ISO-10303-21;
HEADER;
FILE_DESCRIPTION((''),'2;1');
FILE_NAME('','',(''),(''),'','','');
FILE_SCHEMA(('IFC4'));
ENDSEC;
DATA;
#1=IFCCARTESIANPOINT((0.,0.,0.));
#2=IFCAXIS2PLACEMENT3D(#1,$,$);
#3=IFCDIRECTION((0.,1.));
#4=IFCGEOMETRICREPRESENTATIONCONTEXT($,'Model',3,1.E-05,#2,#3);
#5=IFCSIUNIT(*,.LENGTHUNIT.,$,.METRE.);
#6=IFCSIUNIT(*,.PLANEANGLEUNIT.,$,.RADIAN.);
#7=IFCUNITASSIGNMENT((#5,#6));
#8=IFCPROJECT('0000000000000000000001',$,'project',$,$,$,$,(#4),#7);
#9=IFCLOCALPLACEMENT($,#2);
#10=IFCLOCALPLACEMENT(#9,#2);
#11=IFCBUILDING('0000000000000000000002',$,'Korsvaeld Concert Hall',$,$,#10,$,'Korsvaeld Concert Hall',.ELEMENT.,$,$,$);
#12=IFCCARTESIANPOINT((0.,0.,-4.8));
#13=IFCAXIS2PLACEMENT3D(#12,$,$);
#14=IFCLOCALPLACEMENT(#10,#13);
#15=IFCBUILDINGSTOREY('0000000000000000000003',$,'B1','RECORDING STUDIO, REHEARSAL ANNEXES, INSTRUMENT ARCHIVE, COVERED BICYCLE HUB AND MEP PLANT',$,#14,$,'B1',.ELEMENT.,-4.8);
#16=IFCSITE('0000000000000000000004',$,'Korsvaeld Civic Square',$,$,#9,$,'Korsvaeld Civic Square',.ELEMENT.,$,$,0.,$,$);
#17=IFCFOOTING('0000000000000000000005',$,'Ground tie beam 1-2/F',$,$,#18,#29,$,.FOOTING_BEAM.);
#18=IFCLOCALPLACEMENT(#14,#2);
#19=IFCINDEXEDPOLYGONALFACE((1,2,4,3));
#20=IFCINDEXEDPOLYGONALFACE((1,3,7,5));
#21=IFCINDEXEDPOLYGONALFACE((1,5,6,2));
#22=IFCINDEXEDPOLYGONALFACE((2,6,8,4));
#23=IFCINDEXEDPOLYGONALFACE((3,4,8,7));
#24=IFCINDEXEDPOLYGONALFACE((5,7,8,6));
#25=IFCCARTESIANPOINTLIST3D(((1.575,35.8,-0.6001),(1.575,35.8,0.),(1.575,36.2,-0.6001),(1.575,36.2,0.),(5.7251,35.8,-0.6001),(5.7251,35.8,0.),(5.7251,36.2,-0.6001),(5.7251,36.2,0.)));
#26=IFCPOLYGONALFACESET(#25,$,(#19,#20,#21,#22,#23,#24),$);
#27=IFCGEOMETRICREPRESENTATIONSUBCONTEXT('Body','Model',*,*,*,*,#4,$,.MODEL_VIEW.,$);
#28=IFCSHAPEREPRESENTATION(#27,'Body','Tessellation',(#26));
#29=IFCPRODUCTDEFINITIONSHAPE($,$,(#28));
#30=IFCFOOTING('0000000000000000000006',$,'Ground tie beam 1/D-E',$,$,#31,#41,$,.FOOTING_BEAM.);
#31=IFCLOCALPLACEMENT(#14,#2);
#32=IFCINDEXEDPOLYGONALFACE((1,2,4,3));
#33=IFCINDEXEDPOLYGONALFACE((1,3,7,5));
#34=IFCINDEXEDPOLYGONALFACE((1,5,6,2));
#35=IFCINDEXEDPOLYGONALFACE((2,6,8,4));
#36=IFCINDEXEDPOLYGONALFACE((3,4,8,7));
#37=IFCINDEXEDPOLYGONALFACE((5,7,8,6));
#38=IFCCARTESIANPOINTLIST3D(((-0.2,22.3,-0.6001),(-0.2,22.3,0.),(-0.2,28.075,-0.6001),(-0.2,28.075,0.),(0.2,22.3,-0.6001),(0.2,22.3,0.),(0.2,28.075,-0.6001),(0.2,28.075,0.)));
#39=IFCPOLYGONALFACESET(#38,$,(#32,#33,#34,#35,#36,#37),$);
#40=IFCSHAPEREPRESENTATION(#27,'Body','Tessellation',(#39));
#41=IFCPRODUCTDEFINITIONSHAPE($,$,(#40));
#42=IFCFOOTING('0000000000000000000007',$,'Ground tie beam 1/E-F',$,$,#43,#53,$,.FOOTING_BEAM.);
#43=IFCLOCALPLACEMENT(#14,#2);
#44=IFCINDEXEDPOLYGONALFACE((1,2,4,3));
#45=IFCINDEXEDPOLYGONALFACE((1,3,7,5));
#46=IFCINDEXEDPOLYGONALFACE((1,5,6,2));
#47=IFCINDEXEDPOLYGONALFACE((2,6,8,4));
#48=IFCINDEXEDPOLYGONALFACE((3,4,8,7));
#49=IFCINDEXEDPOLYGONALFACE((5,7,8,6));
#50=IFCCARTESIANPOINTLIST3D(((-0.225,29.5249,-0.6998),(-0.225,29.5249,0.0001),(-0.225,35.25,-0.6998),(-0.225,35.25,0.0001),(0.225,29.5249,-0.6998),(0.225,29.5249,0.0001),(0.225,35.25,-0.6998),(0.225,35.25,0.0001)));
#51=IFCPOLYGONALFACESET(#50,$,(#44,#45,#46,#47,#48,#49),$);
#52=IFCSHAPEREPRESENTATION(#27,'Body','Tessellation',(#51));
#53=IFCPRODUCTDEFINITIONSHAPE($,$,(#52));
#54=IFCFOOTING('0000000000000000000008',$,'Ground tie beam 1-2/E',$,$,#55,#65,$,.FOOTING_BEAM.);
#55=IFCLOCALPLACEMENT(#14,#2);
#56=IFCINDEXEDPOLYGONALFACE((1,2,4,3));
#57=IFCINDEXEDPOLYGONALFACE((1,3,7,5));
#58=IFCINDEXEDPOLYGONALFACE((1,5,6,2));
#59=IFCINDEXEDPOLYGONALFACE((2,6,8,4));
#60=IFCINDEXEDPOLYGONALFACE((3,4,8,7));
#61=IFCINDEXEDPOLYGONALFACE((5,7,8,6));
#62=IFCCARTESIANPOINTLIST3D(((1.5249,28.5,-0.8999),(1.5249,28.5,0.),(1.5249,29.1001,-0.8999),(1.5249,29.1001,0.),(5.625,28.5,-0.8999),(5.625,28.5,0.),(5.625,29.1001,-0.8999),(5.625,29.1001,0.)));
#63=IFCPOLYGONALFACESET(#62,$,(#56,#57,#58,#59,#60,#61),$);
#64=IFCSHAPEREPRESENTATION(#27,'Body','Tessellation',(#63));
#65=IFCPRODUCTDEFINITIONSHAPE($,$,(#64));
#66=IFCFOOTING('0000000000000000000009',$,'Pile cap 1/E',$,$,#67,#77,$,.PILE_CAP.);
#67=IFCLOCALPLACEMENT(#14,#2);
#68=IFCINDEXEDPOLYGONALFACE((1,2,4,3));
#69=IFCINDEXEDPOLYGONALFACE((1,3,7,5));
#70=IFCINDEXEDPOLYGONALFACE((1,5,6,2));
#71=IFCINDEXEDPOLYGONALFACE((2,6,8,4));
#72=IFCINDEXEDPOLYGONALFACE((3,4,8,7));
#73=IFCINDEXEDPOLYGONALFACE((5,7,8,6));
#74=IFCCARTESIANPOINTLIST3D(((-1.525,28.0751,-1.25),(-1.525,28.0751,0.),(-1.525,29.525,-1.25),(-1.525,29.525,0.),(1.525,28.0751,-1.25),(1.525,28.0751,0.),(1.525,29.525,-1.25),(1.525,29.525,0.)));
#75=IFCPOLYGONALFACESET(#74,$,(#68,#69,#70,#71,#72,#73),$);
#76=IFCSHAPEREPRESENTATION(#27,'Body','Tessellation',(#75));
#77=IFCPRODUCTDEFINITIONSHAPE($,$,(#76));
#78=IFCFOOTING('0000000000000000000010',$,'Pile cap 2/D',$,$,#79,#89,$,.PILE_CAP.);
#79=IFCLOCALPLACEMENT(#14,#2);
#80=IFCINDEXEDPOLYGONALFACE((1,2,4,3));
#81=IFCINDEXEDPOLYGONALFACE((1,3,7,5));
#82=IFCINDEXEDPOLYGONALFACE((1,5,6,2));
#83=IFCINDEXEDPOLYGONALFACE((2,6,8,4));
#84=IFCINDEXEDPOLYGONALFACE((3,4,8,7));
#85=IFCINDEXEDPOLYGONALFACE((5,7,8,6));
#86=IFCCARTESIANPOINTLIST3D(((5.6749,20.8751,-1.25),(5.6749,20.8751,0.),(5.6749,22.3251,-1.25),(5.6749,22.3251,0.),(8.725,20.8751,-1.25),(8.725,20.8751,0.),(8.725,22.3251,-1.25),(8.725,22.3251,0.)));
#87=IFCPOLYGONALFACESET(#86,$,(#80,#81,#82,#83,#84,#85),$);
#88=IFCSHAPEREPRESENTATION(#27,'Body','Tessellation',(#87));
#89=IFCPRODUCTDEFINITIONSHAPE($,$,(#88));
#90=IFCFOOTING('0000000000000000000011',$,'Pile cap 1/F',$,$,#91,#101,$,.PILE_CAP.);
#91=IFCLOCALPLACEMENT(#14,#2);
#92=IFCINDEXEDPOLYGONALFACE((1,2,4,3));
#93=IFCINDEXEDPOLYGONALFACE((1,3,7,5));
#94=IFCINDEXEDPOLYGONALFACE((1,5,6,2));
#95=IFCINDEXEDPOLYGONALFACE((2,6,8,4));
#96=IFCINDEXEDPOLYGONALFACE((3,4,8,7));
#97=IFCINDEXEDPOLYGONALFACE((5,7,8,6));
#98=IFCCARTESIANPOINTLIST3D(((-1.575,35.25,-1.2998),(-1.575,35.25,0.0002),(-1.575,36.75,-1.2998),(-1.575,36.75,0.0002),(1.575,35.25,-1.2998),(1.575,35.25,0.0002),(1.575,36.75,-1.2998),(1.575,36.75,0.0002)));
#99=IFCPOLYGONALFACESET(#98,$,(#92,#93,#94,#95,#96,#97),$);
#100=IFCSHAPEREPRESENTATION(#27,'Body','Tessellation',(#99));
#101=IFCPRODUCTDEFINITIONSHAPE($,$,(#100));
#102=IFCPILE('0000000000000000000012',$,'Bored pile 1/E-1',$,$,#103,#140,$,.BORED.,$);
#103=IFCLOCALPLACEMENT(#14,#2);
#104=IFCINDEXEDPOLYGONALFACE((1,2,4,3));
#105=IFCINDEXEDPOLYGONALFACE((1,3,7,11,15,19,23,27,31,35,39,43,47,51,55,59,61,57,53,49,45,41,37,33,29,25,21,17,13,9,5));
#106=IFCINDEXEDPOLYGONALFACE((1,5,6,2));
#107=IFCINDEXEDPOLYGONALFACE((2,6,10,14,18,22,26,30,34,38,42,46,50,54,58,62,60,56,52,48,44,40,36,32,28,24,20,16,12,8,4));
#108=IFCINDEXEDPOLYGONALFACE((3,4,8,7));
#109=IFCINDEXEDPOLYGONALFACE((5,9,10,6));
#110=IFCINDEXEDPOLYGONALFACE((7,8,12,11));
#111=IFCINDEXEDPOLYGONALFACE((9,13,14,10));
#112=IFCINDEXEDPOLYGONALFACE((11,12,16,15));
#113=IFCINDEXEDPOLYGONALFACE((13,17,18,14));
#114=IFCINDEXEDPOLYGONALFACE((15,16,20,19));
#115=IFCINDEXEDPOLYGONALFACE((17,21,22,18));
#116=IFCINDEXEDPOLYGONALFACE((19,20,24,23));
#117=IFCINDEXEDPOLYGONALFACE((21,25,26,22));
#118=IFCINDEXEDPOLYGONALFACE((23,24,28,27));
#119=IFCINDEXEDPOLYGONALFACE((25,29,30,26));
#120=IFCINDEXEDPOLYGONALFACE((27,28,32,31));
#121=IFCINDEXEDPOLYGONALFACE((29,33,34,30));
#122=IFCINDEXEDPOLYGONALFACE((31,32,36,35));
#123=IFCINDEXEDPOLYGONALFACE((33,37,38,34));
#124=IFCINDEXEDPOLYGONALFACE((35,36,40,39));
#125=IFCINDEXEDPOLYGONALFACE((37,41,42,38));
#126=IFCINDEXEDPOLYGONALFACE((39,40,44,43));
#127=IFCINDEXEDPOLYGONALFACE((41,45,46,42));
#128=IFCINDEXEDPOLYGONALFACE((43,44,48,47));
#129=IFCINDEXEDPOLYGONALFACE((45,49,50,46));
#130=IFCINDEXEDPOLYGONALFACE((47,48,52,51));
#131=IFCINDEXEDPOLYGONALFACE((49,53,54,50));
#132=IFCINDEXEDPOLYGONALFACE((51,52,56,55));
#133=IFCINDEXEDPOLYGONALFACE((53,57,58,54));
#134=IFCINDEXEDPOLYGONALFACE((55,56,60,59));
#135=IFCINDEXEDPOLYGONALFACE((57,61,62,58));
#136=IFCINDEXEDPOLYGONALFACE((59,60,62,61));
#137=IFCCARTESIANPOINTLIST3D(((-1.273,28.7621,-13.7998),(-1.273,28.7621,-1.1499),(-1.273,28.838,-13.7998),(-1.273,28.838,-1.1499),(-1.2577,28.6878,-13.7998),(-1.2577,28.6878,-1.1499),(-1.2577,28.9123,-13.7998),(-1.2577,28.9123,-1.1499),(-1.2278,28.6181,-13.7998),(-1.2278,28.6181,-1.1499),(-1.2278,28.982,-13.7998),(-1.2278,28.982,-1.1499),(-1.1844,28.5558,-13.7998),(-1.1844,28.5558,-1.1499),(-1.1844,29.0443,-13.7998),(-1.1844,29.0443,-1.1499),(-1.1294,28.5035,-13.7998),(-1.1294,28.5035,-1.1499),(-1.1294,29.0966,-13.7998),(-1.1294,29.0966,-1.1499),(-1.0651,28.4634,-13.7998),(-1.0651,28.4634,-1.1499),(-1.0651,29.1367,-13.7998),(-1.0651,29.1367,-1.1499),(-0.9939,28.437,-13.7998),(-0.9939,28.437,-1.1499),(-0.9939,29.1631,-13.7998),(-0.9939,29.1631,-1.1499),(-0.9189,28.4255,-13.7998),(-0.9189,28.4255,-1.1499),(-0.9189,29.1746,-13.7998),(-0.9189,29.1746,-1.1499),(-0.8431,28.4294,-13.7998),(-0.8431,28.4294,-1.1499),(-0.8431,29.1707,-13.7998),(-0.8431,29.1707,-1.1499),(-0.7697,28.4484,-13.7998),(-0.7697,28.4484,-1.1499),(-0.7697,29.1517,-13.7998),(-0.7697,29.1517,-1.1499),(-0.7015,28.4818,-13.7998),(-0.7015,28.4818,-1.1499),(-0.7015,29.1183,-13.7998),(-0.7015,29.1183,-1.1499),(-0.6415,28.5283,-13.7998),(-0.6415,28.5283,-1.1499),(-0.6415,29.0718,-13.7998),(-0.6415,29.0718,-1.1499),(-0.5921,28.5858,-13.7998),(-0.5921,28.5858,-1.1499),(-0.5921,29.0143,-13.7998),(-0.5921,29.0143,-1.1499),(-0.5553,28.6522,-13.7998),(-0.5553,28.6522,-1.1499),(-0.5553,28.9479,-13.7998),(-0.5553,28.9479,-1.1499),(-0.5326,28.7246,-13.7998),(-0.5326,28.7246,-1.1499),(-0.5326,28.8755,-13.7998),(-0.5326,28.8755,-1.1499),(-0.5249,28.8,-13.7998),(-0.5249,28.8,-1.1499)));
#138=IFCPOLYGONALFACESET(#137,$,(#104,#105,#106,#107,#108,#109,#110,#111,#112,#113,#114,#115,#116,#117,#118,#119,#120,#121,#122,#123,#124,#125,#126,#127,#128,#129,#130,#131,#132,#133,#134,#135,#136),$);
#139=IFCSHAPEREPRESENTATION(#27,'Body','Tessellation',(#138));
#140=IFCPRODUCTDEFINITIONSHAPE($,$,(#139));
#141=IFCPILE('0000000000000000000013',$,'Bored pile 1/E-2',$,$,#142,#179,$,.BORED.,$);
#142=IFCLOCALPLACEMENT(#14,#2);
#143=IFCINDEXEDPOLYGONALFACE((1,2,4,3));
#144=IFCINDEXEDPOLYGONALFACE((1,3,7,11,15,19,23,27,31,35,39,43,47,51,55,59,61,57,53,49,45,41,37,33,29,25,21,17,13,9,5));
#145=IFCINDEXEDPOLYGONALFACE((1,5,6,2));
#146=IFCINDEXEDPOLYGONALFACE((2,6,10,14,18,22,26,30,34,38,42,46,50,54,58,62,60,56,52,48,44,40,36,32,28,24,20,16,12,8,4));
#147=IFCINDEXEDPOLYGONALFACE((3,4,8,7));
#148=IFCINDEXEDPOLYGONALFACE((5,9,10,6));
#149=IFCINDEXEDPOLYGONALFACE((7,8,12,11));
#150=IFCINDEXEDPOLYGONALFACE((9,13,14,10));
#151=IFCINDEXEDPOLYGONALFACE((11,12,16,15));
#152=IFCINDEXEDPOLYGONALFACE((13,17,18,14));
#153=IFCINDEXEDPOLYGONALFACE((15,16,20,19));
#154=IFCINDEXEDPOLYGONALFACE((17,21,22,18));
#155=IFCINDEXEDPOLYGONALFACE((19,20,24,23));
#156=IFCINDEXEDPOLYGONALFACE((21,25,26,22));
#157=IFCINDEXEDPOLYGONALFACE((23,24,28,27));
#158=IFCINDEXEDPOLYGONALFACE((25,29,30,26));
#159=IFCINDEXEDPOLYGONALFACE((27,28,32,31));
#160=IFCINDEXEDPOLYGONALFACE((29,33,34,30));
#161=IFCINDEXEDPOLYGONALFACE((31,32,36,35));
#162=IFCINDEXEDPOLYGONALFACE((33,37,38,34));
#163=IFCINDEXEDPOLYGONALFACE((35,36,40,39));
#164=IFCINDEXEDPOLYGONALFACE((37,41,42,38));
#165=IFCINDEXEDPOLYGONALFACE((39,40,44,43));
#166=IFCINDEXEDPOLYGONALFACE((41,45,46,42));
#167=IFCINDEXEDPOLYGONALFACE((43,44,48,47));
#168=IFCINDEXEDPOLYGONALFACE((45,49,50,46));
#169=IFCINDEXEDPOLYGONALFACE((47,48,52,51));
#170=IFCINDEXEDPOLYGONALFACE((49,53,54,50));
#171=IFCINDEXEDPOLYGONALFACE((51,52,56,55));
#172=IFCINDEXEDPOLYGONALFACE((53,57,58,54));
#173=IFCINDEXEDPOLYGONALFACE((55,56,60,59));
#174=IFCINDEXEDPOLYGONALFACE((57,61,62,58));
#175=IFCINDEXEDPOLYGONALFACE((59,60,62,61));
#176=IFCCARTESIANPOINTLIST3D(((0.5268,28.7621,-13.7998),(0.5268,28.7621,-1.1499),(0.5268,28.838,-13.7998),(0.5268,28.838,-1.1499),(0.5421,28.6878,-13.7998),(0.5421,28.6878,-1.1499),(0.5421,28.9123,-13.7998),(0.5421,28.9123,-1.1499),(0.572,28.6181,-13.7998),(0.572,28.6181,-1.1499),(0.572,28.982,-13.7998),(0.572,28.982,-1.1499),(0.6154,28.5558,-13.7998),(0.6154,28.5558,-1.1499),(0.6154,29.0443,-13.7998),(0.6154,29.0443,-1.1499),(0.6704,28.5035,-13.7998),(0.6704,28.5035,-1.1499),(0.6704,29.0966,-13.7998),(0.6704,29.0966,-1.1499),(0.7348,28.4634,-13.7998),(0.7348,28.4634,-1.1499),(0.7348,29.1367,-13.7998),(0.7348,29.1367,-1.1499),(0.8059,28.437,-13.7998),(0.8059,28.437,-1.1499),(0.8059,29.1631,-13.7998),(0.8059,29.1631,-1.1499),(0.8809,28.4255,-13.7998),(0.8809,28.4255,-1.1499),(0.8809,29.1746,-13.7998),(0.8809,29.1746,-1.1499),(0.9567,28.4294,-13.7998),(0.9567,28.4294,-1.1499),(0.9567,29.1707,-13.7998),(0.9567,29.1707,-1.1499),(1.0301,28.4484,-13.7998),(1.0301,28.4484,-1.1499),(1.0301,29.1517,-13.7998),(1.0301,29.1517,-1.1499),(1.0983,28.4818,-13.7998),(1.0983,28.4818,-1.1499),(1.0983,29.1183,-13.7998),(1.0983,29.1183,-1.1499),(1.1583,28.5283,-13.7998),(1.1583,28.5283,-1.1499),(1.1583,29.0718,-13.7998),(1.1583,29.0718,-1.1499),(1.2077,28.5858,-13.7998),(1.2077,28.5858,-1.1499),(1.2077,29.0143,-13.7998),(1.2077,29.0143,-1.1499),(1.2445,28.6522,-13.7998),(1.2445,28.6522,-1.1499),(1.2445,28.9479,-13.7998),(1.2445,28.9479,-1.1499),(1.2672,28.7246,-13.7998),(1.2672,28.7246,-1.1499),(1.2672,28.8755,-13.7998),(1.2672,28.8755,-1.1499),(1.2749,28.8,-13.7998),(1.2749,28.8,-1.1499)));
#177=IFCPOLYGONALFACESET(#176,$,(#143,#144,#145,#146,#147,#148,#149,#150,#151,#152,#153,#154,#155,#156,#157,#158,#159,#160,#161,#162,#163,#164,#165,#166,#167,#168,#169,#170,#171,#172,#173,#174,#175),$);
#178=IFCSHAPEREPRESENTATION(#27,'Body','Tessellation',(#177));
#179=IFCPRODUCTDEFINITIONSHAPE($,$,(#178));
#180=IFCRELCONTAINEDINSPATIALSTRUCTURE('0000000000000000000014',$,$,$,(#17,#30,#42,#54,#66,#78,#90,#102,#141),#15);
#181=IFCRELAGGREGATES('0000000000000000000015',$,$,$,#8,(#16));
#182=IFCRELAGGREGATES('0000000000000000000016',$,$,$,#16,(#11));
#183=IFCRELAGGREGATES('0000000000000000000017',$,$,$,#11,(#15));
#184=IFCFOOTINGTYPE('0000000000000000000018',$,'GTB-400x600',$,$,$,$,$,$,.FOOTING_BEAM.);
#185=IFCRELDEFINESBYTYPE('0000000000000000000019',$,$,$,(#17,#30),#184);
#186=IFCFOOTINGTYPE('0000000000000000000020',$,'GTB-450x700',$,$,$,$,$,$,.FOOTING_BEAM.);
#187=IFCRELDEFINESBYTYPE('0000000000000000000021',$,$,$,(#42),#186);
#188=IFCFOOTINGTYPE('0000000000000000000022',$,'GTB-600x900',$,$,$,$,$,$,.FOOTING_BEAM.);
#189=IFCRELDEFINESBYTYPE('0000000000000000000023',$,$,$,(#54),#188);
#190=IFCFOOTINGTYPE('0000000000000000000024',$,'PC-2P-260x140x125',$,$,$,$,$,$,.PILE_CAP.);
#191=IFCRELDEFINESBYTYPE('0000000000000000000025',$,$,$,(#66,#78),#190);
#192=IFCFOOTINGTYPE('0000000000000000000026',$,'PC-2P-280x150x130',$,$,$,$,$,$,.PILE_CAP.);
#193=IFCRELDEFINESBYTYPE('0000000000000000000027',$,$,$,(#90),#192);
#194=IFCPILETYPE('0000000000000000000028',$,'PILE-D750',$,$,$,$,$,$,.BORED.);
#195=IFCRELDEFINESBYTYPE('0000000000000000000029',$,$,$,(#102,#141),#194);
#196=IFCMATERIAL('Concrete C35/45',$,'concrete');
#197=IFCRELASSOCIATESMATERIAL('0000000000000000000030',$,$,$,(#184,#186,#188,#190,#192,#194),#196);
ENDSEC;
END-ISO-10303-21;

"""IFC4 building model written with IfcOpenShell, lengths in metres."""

from ifc_helpers import new_model, si_unit, direction, frame, origin, origin_2d, place, context, subcontext, project, spatial, rectangle, circle, extrude, material, material_profile, profile_set, type_object, element, save


model = new_model("IFC4")

# Units and contexts
model_context = context("Model", 3, precision=1e-05, world=origin(), true_north=direction((0.0, 1.0)))
body_context = subcontext(model_context, "Body", "Model", "MODEL_VIEW")
ifc_project = project(units=[si_unit("LENGTHUNIT", "METRE"), si_unit("PLANEANGLEUNIT", "RADIAN")], contexts=[model_context])

# Site, building, storey
site_placement = place(None, origin())
site = spatial("IfcSite", under=ifc_project, at=site_placement, Name="Korsvaeld Civic Square", LongName="Korsvaeld Civic Square", CompositionType="ELEMENT", RefElevation=0.0)
building_placement = place(site_placement, origin())
building = spatial("IfcBuilding", under=site, at=building_placement, Name="Korsvaeld Concert Hall", LongName="Korsvaeld Concert Hall", CompositionType="ELEMENT")
storey_placement = place(building_placement, frame((0.0, 0.0, -4.8)))
storey = spatial("IfcBuildingStorey", under=building, at=storey_placement, Name="B1", Description="RECORDING STUDIO, REHEARSAL ANNEXES, INSTRUMENT ARCHIVE, COVERED BICYCLE HUB AND MEP PLANT", LongName="B1", CompositionType="ELEMENT", Elevation=-4.8)

# Footings
ifc_material_1 = material(Name="Concrete C35/45", Category="concrete")
ifc_material_profile_1 = material_profile(ifc_material_1, rectangle(XDim=0.3999, YDim=0.6001, at=origin_2d()), Name="GTB 400x600")
ifc_profile_set_1 = profile_set([ifc_material_profile_1], Name="Concrete C35/45")
footing_type_1 = type_object("IfcFootingType", Name="GTB-400x600", PredefinedType="FOOTING_BEAM", material=ifc_profile_set_1)
footing_1_placement = place(storey_placement, frame((1.575, 36.0, -0.3), z_axis=(1.0, 0.0, 0.0), x_axis=(0.0, 1.0, 0.0)))
element("IfcFooting", 1, at=footing_1_placement, inside=storey, type_object=footing_type_1, Name="Ground tie beam 1-2/F", PredefinedType="FOOTING_BEAM", context=body_context, shape_type="SweptSolid", body=[
    extrude(rectangle(XDim=0.3999, YDim=0.6001, at=origin_2d()), origin(), (0.0, 0.0, 1.0), 4.1501),
])
footing_2_placement = place(storey_placement, frame((0.0, 22.3, -0.3), z_axis=(0.0, 1.0, 0.0), x_axis=(-1.0, 0.0, 0.0)))
element("IfcFooting", 2, at=footing_2_placement, inside=storey, type_object=footing_type_1, Name="Ground tie beam 1/D-E", PredefinedType="FOOTING_BEAM", context=body_context, shape_type="SweptSolid", body=[
    extrude(rectangle(XDim=0.3999, YDim=0.6001, at=origin_2d()), origin(), (0.0, 0.0, 1.0), 5.7749),
])
ifc_material_profile_2 = material_profile(ifc_material_1, rectangle(XDim=0.45, YDim=0.7, at=origin_2d()), Name="GTB 450x700")
ifc_profile_set_2 = profile_set([ifc_material_profile_2], Name="Concrete C35/45")
footing_type_2 = type_object("IfcFootingType", Name="GTB-450x700", PredefinedType="FOOTING_BEAM", material=ifc_profile_set_2)
footing_3_placement = place(storey_placement, frame((0.0, 29.5249, -0.3499), z_axis=(0.0, 1.0, 0.0), x_axis=(-1.0, 0.0, 0.0)))
element("IfcFooting", 3, at=footing_3_placement, inside=storey, type_object=footing_type_2, Name="Ground tie beam 1/E-F", PredefinedType="FOOTING_BEAM", context=body_context, shape_type="SweptSolid", body=[
    extrude(rectangle(XDim=0.45, YDim=0.7, at=origin_2d()), origin(), (0.0, 0.0, 1.0), 5.7251),
])
ifc_material_profile_3 = material_profile(ifc_material_1, rectangle(XDim=0.6001, YDim=0.8999, at=origin_2d()), Name="GTB 600x900")
ifc_profile_set_3 = profile_set([ifc_material_profile_3], Name="Concrete C35/45")
footing_type_3 = type_object("IfcFootingType", Name="GTB-600x900", PredefinedType="FOOTING_BEAM", material=ifc_profile_set_3)
footing_4_placement = place(storey_placement, frame((1.5249, 28.8, -0.45), z_axis=(1.0, 0.0, 0.0), x_axis=(0.0, 1.0, 0.0)))
element("IfcFooting", 4, at=footing_4_placement, inside=storey, type_object=footing_type_3, Name="Ground tie beam 1-2/E", PredefinedType="FOOTING_BEAM", context=body_context, shape_type="SweptSolid", body=[
    extrude(rectangle(XDim=0.6001, YDim=0.8999, at=origin_2d()), origin(), (0.0, 0.0, 1.0), 4.1001),
])
footing_type_4 = type_object("IfcFootingType", Name="PC-2P-260x140x125", PredefinedType="PILE_CAP", material=ifc_material_1)
for number, where, z_axis, x_axis, name in (
    (5, (0.0, 28.8, -1.25), (0.0, 0.0, 1.0), (1.0, 0.0, 0.0), "Pile cap 1/E"),
    (6, (7.2, 21.6001, -1.25), (0.0, 0.0, 1.0), (1.0, 0.0, 0.0), "Pile cap 2/D"),
):
    element("IfcFooting", number, at=place(storey_placement, frame(where, z_axis=z_axis, x_axis=x_axis)), inside=storey, type_object=footing_type_4, Name=name, PredefinedType="PILE_CAP", context=body_context, shape_type="SweptSolid", body=[
        extrude(rectangle(XDim=3.05, YDim=1.45, at=origin_2d()), origin(), (0.0, 0.0, 1.0), 1.25),
    ])
footing_type_5 = type_object("IfcFootingType", Name="PC-2P-280x150x130", PredefinedType="PILE_CAP", material=ifc_material_1)
footing_5_placement = place(storey_placement, frame((0.0, 36.0, -1.2998), z_axis=(0.0, 0.0, 1.0), x_axis=(1.0, 0.0, 0.0)))
element("IfcFooting", 7, at=footing_5_placement, inside=storey, type_object=footing_type_5, Name="Pile cap 1/F", PredefinedType="PILE_CAP", context=body_context, shape_type="SweptSolid", body=[
    extrude(rectangle(XDim=3.1499, YDim=1.5, at=origin_2d()), origin(), (0.0, 0.0, 1.0), 1.3),
])

# Piles
ifc_material_profile_4 = material_profile(ifc_material_1, circle(Radius=0.375, at=origin_2d()), Name="BORED PILE D750")
ifc_profile_set_4 = profile_set([ifc_material_profile_4], Name="Concrete C35/45")
pile_type_1 = type_object("IfcPileType", Name="PILE-D750", PredefinedType="BORED", material=ifc_profile_set_4)
for number, where, z_axis, x_axis, name in (
    (8, (-0.8999, 28.8, -1.1499), (0.0, 0.0, -1.0), (1.0, 0.0, 0.0), "Bored pile 1/E-1"),
    (9, (0.8999, 28.8, -1.1499), (0.0, 0.0, -1.0), (1.0, 0.0, 0.0), "Bored pile 1/E-2"),
):
    element("IfcPile", number, at=place(storey_placement, frame(where, z_axis=z_axis, x_axis=x_axis)), inside=storey, type_object=pile_type_1, Name=name, PredefinedType="BORED", context=body_context, shape_type="SweptSolid", body=[
        extrude(circle(Radius=0.375, at=origin_2d()), origin(), (0.0, 0.0, 1.0), 12.6499),
    ])

save(model, "model.ifc")
